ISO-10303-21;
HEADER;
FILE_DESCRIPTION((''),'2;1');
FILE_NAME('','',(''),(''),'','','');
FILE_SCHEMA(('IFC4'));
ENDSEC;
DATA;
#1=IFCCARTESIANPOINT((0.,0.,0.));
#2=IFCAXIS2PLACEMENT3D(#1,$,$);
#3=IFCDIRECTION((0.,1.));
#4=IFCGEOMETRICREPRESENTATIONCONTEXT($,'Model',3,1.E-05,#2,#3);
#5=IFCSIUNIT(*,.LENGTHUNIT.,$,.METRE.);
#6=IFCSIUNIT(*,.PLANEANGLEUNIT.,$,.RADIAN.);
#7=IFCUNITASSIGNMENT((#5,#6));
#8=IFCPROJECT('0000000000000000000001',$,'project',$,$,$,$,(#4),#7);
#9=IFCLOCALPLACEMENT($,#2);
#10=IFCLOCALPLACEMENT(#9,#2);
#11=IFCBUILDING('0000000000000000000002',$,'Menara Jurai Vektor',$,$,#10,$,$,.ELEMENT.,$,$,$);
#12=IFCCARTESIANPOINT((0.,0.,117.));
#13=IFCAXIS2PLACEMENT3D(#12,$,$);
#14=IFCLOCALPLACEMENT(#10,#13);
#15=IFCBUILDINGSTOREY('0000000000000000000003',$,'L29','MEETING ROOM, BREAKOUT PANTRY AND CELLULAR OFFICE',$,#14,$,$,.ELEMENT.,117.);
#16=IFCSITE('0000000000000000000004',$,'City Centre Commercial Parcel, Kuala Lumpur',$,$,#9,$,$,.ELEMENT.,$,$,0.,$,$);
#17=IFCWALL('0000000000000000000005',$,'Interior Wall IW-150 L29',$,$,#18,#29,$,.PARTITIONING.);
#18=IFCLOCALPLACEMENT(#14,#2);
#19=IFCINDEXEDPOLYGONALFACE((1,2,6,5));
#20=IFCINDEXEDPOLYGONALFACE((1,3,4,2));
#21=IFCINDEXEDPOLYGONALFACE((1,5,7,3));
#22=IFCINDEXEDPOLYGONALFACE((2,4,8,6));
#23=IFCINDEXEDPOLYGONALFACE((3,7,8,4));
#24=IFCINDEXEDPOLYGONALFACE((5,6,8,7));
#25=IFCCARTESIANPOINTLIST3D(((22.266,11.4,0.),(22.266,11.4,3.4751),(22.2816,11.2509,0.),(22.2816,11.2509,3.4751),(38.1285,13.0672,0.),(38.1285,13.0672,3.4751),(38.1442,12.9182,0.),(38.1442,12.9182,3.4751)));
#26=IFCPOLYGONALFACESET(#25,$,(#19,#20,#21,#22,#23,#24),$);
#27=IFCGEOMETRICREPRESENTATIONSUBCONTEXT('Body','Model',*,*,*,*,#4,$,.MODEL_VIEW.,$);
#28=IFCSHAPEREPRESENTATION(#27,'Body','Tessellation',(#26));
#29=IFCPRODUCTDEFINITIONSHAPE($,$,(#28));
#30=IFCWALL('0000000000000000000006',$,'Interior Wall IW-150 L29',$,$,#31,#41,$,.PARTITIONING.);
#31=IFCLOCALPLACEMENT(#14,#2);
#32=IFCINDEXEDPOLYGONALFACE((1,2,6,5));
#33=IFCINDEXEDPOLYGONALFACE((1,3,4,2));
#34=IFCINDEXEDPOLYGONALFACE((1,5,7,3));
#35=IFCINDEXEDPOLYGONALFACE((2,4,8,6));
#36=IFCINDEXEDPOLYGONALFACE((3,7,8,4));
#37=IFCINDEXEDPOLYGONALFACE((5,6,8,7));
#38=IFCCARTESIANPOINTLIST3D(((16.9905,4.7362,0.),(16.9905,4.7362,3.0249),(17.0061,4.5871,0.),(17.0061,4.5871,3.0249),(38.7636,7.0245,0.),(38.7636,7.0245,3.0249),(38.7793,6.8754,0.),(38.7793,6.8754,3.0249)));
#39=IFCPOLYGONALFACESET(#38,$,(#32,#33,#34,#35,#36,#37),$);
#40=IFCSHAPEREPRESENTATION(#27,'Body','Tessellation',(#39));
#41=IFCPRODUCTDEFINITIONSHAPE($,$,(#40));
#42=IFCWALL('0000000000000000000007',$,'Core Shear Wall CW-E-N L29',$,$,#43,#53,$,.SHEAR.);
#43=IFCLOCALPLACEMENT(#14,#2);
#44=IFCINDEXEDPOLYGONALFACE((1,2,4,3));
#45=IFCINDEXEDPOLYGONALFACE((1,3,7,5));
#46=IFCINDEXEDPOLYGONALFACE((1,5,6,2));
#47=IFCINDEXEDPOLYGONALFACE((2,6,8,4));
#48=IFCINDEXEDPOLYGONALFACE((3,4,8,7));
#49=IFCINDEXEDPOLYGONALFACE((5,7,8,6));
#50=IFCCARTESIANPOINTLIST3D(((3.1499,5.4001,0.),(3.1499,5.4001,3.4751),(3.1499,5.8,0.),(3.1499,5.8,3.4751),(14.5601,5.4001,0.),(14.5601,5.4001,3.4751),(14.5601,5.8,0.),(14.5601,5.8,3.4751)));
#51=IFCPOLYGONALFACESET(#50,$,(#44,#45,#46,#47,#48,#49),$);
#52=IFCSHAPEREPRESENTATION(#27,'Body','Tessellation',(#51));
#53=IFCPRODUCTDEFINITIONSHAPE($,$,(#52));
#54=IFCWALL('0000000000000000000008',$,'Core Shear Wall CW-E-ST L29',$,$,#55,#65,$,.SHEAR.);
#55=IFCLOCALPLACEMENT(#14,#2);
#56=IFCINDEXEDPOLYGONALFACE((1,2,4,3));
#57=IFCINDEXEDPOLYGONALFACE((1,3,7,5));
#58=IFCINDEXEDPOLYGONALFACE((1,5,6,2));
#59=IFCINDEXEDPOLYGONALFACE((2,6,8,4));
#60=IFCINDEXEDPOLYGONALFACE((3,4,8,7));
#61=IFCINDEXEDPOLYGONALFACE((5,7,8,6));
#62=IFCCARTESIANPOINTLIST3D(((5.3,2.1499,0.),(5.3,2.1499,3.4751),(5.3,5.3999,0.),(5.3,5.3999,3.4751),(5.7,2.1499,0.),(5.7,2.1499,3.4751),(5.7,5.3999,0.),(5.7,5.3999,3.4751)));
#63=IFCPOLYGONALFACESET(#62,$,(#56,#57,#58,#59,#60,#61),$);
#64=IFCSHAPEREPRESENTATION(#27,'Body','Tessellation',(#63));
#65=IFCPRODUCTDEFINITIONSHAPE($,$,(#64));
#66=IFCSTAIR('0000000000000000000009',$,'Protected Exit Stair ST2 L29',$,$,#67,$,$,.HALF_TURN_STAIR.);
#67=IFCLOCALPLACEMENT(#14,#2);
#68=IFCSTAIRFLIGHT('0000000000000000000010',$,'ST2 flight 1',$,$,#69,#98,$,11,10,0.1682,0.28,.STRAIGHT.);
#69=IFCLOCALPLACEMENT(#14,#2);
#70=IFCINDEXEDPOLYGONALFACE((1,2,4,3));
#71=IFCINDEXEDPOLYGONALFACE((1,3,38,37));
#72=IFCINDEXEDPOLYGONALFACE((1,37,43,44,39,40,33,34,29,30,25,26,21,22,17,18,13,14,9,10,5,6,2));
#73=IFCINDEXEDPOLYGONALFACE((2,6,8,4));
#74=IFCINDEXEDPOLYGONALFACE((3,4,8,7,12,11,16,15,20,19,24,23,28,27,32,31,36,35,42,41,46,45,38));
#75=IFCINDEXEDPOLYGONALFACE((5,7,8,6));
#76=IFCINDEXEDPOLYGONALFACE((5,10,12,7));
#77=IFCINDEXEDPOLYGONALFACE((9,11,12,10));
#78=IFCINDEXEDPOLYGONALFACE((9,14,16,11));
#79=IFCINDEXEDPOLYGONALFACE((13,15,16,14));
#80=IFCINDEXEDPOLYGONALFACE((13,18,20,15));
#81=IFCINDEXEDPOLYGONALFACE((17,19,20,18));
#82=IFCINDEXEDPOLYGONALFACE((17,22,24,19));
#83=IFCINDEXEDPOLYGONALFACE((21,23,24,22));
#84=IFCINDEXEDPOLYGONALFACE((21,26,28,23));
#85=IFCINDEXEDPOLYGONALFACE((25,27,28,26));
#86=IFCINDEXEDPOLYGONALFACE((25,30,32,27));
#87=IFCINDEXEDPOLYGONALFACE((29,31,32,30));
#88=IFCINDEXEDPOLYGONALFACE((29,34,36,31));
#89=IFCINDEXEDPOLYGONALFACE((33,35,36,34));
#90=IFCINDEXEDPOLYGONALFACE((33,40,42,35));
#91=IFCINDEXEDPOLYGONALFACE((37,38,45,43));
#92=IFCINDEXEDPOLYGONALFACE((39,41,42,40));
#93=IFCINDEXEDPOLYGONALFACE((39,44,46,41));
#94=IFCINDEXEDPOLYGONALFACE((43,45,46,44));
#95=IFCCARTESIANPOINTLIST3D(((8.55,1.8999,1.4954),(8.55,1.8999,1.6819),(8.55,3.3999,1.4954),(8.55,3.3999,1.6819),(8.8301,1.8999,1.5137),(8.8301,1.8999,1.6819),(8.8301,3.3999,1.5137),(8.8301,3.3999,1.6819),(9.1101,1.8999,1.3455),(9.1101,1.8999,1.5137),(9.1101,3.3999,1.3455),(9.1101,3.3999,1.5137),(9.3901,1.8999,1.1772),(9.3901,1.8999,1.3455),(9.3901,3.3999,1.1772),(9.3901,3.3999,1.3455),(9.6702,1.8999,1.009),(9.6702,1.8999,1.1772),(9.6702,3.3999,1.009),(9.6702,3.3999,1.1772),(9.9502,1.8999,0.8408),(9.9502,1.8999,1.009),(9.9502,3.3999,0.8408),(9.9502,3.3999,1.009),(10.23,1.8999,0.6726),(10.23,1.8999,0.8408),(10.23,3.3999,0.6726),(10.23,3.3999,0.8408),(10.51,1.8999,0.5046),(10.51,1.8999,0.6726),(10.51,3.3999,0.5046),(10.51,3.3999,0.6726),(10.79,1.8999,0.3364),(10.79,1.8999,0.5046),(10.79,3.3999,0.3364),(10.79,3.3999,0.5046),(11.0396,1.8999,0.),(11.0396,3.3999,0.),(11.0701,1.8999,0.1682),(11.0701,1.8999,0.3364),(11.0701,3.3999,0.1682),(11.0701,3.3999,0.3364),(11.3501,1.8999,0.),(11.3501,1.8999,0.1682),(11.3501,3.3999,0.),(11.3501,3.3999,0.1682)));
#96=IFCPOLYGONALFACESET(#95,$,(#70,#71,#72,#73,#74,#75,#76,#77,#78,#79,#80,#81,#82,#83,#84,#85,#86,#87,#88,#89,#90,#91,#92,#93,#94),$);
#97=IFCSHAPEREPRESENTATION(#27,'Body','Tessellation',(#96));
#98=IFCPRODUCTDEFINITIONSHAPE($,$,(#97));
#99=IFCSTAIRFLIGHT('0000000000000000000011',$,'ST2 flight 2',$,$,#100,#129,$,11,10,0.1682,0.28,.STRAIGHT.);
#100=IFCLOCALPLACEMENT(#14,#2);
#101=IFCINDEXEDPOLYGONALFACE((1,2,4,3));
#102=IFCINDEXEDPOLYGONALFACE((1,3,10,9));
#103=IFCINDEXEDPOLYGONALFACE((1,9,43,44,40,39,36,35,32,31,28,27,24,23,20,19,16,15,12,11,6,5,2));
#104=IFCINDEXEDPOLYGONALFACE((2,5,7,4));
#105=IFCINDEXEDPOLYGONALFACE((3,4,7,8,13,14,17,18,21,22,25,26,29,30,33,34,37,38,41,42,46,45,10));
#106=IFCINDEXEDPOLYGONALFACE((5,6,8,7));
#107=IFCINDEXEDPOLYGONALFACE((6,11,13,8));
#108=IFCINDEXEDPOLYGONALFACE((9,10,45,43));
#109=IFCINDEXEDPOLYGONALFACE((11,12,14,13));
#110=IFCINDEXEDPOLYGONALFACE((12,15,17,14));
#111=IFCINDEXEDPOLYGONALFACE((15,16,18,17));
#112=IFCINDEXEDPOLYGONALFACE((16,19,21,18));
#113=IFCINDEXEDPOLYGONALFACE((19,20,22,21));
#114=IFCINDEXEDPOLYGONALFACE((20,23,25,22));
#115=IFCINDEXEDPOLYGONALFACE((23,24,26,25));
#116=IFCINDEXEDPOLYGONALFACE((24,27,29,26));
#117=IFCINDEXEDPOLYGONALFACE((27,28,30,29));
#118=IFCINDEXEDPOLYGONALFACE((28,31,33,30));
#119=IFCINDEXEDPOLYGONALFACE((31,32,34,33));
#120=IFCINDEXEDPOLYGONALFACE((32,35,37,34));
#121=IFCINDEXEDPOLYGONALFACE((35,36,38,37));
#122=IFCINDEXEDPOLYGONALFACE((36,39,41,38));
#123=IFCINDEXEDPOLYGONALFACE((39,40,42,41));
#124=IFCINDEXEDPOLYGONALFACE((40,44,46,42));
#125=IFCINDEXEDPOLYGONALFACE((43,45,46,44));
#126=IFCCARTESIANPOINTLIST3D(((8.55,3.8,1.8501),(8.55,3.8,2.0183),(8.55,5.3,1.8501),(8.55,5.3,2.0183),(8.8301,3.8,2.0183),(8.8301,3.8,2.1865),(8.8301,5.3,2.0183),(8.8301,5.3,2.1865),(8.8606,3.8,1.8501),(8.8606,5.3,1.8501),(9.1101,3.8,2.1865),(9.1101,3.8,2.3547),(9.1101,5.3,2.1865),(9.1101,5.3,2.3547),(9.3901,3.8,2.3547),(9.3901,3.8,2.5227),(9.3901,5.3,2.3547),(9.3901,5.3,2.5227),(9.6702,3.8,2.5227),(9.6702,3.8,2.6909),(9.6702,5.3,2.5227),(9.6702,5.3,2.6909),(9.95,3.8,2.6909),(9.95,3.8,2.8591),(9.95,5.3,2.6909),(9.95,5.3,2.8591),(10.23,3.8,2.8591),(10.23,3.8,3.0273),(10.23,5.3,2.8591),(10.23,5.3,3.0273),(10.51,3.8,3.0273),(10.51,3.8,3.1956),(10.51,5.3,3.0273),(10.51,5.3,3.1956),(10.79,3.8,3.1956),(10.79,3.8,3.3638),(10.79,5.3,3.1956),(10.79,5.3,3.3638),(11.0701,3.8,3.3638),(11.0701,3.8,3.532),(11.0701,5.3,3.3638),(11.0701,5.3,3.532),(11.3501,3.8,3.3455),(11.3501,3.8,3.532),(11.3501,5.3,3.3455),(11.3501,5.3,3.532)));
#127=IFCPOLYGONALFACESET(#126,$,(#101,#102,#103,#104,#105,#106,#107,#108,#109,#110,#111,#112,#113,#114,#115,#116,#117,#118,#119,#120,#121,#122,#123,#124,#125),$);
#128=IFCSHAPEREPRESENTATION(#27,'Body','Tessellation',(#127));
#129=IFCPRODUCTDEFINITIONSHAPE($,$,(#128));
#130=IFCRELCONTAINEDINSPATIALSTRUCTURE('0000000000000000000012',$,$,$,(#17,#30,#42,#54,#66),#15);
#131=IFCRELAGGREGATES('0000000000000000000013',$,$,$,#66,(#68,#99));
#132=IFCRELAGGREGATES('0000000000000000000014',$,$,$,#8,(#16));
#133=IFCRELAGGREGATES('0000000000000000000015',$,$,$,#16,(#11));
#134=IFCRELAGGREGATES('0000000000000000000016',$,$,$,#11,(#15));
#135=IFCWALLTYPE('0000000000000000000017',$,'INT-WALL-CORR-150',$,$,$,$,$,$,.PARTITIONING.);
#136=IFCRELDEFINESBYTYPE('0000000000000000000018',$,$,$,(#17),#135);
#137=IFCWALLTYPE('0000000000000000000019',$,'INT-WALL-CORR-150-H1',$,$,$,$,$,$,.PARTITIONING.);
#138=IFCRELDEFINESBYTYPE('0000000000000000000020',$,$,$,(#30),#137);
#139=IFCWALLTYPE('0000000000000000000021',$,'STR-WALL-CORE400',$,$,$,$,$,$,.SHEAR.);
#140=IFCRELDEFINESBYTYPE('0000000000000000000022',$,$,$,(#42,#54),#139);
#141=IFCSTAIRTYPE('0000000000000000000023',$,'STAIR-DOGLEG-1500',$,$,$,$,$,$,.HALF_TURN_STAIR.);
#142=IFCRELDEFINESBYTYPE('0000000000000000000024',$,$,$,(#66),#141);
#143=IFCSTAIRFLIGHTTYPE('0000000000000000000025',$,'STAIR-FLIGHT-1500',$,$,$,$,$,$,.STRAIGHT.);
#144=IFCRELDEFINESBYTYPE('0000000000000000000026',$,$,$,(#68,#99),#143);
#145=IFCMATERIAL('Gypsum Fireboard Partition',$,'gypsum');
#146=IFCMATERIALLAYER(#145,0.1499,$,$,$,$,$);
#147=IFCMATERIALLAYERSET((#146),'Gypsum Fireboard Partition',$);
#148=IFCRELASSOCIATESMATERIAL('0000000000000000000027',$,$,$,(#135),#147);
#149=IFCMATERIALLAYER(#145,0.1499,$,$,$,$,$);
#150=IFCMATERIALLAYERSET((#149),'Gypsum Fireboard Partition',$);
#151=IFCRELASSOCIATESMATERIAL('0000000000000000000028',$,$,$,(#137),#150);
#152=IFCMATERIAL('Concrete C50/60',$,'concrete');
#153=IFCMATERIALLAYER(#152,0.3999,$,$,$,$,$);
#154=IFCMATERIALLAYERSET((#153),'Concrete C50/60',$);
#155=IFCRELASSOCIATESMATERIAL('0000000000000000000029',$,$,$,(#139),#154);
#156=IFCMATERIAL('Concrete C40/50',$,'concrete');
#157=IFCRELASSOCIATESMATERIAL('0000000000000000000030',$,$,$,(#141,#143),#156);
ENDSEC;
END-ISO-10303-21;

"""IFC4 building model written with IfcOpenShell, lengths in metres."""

from ifc_helpers import new_model, si_unit, direction, frame, frame_2d, origin, place, context, subcontext, project, spatial, polyline, rectangle, outline, extrude, material, layer, layer_set, type_object, element, aggregate, save


model = new_model("IFC4")

# Units and contexts
model_context = context("Model", 3, precision=1e-05, world=origin(), true_north=direction((0.0, 1.0)))
body_context = subcontext(model_context, "Body", "Model", "MODEL_VIEW")
ifc_project = project(units=[si_unit("LENGTHUNIT", "METRE"), si_unit("PLANEANGLEUNIT", "RADIAN")], contexts=[model_context])

# Site, building, storey
site_placement = place(None, origin())
site = spatial("IfcSite", under=ifc_project, at=site_placement, Name="City Centre Commercial Parcel, Kuala Lumpur", CompositionType="ELEMENT", RefElevation=0.0)
building_placement = place(site_placement, origin())
building = spatial("IfcBuilding", under=site, at=building_placement, Name="Menara Jurai Vektor", CompositionType="ELEMENT")
storey_placement = place(building_placement, frame((0.0, 0.0, 117.0)))
storey = spatial("IfcBuildingStorey", under=building, at=storey_placement, Name="L29", Description="MEETING ROOM, BREAKOUT PANTRY AND CELLULAR OFFICE", CompositionType="ELEMENT", Elevation=117.0)

# Shared definitions
ifc_material_1 = material(Name="Concrete C50/60", Category="concrete")

# Shared definitions
ifc_material_2 = material(Name="Concrete C40/50", Category="concrete")

# Shared definitions
ifc_material_3 = material(Name="Gypsum Fireboard Partition", Category="gypsum")
ifc_layer_1 = layer(ifc_material_3, 0.1499)
ifc_layer_set_1 = layer_set([ifc_layer_1], Name="Gypsum Fireboard Partition")
wall_type_1 = type_object("IfcWallType", Name="INT-WALL-CORR-150", PredefinedType="PARTITIONING", material=ifc_layer_set_1)

# Walls
wall_1_placement = place(storey_placement, frame((22.2737, 11.3254, 0.0), z_axis=(0.0, 0.0, 1.0), x_axis=(0.994522, 0.104529, 0.0)))
element("IfcWall", 1, at=wall_1_placement, inside=storey, type_object=wall_type_1, Name="Interior Wall IW-150 L29", PredefinedType="PARTITIONING", context=body_context, shape_type="SweptSolid", body=[
    extrude(rectangle(XDim=15.95, YDim=0.1499, at=frame_2d((7.9751, 0.0))), origin(), (0.0, 0.0, 1.0), 3.4751),
])
ifc_layer_2 = layer(ifc_material_3, 0.1499)
ifc_layer_set_2 = layer_set([ifc_layer_2], Name="Gypsum Fireboard Partition")
wall_type_2 = type_object("IfcWallType", Name="INT-WALL-CORR-150-H1", PredefinedType="PARTITIONING", material=ifc_layer_set_2)
wall_2_placement = place(storey_placement, frame((16.9983, 4.6616, 0.0), z_axis=(0.0, 0.0, 1.0), x_axis=(0.994522, 0.104523, 0.0)))
element("IfcWall", 2, at=wall_2_placement, inside=storey, type_object=wall_type_2, Name="Interior Wall IW-150 L29", PredefinedType="PARTITIONING", context=body_context, shape_type="SweptSolid", body=[
    extrude(rectangle(XDim=21.8931, YDim=0.1499, at=frame_2d((10.9465, 0.0))), origin(), (0.0, 0.0, 1.0), 3.0249),
])
ifc_layer_3 = layer(ifc_material_1, 0.3999)
ifc_layer_set_3 = layer_set([ifc_layer_3], Name="Concrete C50/60")
wall_type_3 = type_object("IfcWallType", Name="STR-WALL-CORE400", PredefinedType="SHEAR", material=ifc_layer_set_3)
wall_3_placement = place(storey_placement, frame((3.1499, 5.6001, 0.0), z_axis=(0.0, 0.0, 1.0), x_axis=(1.0, 0.0, 0.0)))
element("IfcWall", 3, at=wall_3_placement, inside=storey, type_object=wall_type_3, Name="Core Shear Wall CW-E-N L29", PredefinedType="SHEAR", context=body_context, shape_type="SweptSolid", body=[
    extrude(rectangle(XDim=11.4102, YDim=0.3999, at=frame_2d((5.7051, 0.0))), origin(), (0.0, 0.0, 1.0), 3.4751),
])
wall_4_placement = place(storey_placement, frame((5.5, 2.1499, 0.0), z_axis=(0.0, 0.0, 1.0), x_axis=(0.0, 1.0, 0.0)))
element("IfcWall", 4, at=wall_4_placement, inside=storey, type_object=wall_type_3, Name="Core Shear Wall CW-E-ST L29", PredefinedType="SHEAR", context=body_context, shape_type="SweptSolid", body=[
    extrude(rectangle(XDim=3.25, YDim=0.3999, at=frame_2d((1.625, 0.0))), origin(), (0.0, 0.0, 1.0), 3.4751),
])

# Stair, stair flights
stair_type = type_object("IfcStairType", Name="STAIR-DOGLEG-1500", PredefinedType="HALF_TURN_STAIR", material=ifc_material_2)
stair_placement = place(storey_placement, origin())
stair = element("IfcStair", 5, at=stair_placement, inside=storey, type_object=stair_type, Name="Protected Exit Stair ST2 L29", PredefinedType="HALF_TURN_STAIR")
stair_flight_type = type_object("IfcStairFlightType", Name="STAIR-FLIGHT-1500", PredefinedType="STRAIGHT", material=ifc_material_2)
stair_flight_1_placement = place(storey_placement, frame((11.3501, 2.6499, 0.0), z_axis=(0.0, 0.0, 1.0), x_axis=(-1.0, 0.0, 0.0)))
stair_flight_1 = element("IfcStairFlight", 6, at=stair_flight_1_placement, type_object=stair_flight_type, Name="ST2 flight 1", NumberOfRisers=11, NumberOfTreads=10, PredefinedType="STRAIGHT", RiserHeight=0.1682, TreadLength=0.28, context=body_context, shape_type="SweptSolid", body=[
    extrude(outline(polyline([(0.0, 0.0), (0.0, 0.1682), (0.28, 0.1682), (0.28, 0.3364), (0.5601, 0.3364), (0.5601, 0.5046), (0.8401, 0.5046), (0.8401, 0.6726), (1.1201, 0.6726), (1.1201, 0.8408), (1.3999, 0.8408), (1.3999, 1.009), (1.6799, 1.009), (1.6799, 1.1772), (1.96, 1.1772), (1.96, 1.3455), (2.24, 1.3455), (2.24, 1.5137), (2.52, 1.5137), (2.52, 1.6819), (2.8, 1.6819), (2.8, 1.8501), (2.8, 1.4954), (0.3105, 0.0), (0.0, 0.0)])), frame((0.0, 0.75, 0.0), z_axis=(0.0, -1.0, 0.0), x_axis=(1.0, 0.0, 0.0)), (0.0, 0.0, 1.0), 1.5),
])
stair_flight_2_placement = place(storey_placement, frame((8.55, 4.55, 1.8501), z_axis=(0.0, 0.0, 1.0), x_axis=(1.0, 0.0, 0.0)))
stair_flight_2 = element("IfcStairFlight", 7, at=stair_flight_2_placement, type_object=stair_flight_type, Name="ST2 flight 2", NumberOfRisers=11, NumberOfTreads=10, PredefinedType="STRAIGHT", RiserHeight=0.1682, TreadLength=0.28, context=body_context, shape_type="SweptSolid", body=[
    extrude(outline(polyline([(0.0, 0.0), (0.0, 0.1682), (0.28, 0.1682), (0.28, 0.3364), (0.5601, 0.3364), (0.5601, 0.5046), (0.8401, 0.5046), (0.8401, 0.6726), (1.1201, 0.6726), (1.1201, 0.8408), (1.3999, 0.8408), (1.3999, 1.009), (1.6799, 1.009), (1.6799, 1.1772), (1.96, 1.1772), (1.96, 1.3455), (2.24, 1.3455), (2.24, 1.5137), (2.52, 1.5137), (2.52, 1.6819), (2.8, 1.6819), (2.8, 1.8501), (2.8, 1.4954), (0.3105, 0.0), (0.0, 0.0)])), frame((0.0, 0.75, 0.0), z_axis=(0.0, -1.0, 0.0), x_axis=(1.0, 0.0, 0.0)), (0.0, 0.0, 1.0), 1.5),
])
aggregate(stair, [stair_flight_1, stair_flight_2])

save(model, "model.ifc")
